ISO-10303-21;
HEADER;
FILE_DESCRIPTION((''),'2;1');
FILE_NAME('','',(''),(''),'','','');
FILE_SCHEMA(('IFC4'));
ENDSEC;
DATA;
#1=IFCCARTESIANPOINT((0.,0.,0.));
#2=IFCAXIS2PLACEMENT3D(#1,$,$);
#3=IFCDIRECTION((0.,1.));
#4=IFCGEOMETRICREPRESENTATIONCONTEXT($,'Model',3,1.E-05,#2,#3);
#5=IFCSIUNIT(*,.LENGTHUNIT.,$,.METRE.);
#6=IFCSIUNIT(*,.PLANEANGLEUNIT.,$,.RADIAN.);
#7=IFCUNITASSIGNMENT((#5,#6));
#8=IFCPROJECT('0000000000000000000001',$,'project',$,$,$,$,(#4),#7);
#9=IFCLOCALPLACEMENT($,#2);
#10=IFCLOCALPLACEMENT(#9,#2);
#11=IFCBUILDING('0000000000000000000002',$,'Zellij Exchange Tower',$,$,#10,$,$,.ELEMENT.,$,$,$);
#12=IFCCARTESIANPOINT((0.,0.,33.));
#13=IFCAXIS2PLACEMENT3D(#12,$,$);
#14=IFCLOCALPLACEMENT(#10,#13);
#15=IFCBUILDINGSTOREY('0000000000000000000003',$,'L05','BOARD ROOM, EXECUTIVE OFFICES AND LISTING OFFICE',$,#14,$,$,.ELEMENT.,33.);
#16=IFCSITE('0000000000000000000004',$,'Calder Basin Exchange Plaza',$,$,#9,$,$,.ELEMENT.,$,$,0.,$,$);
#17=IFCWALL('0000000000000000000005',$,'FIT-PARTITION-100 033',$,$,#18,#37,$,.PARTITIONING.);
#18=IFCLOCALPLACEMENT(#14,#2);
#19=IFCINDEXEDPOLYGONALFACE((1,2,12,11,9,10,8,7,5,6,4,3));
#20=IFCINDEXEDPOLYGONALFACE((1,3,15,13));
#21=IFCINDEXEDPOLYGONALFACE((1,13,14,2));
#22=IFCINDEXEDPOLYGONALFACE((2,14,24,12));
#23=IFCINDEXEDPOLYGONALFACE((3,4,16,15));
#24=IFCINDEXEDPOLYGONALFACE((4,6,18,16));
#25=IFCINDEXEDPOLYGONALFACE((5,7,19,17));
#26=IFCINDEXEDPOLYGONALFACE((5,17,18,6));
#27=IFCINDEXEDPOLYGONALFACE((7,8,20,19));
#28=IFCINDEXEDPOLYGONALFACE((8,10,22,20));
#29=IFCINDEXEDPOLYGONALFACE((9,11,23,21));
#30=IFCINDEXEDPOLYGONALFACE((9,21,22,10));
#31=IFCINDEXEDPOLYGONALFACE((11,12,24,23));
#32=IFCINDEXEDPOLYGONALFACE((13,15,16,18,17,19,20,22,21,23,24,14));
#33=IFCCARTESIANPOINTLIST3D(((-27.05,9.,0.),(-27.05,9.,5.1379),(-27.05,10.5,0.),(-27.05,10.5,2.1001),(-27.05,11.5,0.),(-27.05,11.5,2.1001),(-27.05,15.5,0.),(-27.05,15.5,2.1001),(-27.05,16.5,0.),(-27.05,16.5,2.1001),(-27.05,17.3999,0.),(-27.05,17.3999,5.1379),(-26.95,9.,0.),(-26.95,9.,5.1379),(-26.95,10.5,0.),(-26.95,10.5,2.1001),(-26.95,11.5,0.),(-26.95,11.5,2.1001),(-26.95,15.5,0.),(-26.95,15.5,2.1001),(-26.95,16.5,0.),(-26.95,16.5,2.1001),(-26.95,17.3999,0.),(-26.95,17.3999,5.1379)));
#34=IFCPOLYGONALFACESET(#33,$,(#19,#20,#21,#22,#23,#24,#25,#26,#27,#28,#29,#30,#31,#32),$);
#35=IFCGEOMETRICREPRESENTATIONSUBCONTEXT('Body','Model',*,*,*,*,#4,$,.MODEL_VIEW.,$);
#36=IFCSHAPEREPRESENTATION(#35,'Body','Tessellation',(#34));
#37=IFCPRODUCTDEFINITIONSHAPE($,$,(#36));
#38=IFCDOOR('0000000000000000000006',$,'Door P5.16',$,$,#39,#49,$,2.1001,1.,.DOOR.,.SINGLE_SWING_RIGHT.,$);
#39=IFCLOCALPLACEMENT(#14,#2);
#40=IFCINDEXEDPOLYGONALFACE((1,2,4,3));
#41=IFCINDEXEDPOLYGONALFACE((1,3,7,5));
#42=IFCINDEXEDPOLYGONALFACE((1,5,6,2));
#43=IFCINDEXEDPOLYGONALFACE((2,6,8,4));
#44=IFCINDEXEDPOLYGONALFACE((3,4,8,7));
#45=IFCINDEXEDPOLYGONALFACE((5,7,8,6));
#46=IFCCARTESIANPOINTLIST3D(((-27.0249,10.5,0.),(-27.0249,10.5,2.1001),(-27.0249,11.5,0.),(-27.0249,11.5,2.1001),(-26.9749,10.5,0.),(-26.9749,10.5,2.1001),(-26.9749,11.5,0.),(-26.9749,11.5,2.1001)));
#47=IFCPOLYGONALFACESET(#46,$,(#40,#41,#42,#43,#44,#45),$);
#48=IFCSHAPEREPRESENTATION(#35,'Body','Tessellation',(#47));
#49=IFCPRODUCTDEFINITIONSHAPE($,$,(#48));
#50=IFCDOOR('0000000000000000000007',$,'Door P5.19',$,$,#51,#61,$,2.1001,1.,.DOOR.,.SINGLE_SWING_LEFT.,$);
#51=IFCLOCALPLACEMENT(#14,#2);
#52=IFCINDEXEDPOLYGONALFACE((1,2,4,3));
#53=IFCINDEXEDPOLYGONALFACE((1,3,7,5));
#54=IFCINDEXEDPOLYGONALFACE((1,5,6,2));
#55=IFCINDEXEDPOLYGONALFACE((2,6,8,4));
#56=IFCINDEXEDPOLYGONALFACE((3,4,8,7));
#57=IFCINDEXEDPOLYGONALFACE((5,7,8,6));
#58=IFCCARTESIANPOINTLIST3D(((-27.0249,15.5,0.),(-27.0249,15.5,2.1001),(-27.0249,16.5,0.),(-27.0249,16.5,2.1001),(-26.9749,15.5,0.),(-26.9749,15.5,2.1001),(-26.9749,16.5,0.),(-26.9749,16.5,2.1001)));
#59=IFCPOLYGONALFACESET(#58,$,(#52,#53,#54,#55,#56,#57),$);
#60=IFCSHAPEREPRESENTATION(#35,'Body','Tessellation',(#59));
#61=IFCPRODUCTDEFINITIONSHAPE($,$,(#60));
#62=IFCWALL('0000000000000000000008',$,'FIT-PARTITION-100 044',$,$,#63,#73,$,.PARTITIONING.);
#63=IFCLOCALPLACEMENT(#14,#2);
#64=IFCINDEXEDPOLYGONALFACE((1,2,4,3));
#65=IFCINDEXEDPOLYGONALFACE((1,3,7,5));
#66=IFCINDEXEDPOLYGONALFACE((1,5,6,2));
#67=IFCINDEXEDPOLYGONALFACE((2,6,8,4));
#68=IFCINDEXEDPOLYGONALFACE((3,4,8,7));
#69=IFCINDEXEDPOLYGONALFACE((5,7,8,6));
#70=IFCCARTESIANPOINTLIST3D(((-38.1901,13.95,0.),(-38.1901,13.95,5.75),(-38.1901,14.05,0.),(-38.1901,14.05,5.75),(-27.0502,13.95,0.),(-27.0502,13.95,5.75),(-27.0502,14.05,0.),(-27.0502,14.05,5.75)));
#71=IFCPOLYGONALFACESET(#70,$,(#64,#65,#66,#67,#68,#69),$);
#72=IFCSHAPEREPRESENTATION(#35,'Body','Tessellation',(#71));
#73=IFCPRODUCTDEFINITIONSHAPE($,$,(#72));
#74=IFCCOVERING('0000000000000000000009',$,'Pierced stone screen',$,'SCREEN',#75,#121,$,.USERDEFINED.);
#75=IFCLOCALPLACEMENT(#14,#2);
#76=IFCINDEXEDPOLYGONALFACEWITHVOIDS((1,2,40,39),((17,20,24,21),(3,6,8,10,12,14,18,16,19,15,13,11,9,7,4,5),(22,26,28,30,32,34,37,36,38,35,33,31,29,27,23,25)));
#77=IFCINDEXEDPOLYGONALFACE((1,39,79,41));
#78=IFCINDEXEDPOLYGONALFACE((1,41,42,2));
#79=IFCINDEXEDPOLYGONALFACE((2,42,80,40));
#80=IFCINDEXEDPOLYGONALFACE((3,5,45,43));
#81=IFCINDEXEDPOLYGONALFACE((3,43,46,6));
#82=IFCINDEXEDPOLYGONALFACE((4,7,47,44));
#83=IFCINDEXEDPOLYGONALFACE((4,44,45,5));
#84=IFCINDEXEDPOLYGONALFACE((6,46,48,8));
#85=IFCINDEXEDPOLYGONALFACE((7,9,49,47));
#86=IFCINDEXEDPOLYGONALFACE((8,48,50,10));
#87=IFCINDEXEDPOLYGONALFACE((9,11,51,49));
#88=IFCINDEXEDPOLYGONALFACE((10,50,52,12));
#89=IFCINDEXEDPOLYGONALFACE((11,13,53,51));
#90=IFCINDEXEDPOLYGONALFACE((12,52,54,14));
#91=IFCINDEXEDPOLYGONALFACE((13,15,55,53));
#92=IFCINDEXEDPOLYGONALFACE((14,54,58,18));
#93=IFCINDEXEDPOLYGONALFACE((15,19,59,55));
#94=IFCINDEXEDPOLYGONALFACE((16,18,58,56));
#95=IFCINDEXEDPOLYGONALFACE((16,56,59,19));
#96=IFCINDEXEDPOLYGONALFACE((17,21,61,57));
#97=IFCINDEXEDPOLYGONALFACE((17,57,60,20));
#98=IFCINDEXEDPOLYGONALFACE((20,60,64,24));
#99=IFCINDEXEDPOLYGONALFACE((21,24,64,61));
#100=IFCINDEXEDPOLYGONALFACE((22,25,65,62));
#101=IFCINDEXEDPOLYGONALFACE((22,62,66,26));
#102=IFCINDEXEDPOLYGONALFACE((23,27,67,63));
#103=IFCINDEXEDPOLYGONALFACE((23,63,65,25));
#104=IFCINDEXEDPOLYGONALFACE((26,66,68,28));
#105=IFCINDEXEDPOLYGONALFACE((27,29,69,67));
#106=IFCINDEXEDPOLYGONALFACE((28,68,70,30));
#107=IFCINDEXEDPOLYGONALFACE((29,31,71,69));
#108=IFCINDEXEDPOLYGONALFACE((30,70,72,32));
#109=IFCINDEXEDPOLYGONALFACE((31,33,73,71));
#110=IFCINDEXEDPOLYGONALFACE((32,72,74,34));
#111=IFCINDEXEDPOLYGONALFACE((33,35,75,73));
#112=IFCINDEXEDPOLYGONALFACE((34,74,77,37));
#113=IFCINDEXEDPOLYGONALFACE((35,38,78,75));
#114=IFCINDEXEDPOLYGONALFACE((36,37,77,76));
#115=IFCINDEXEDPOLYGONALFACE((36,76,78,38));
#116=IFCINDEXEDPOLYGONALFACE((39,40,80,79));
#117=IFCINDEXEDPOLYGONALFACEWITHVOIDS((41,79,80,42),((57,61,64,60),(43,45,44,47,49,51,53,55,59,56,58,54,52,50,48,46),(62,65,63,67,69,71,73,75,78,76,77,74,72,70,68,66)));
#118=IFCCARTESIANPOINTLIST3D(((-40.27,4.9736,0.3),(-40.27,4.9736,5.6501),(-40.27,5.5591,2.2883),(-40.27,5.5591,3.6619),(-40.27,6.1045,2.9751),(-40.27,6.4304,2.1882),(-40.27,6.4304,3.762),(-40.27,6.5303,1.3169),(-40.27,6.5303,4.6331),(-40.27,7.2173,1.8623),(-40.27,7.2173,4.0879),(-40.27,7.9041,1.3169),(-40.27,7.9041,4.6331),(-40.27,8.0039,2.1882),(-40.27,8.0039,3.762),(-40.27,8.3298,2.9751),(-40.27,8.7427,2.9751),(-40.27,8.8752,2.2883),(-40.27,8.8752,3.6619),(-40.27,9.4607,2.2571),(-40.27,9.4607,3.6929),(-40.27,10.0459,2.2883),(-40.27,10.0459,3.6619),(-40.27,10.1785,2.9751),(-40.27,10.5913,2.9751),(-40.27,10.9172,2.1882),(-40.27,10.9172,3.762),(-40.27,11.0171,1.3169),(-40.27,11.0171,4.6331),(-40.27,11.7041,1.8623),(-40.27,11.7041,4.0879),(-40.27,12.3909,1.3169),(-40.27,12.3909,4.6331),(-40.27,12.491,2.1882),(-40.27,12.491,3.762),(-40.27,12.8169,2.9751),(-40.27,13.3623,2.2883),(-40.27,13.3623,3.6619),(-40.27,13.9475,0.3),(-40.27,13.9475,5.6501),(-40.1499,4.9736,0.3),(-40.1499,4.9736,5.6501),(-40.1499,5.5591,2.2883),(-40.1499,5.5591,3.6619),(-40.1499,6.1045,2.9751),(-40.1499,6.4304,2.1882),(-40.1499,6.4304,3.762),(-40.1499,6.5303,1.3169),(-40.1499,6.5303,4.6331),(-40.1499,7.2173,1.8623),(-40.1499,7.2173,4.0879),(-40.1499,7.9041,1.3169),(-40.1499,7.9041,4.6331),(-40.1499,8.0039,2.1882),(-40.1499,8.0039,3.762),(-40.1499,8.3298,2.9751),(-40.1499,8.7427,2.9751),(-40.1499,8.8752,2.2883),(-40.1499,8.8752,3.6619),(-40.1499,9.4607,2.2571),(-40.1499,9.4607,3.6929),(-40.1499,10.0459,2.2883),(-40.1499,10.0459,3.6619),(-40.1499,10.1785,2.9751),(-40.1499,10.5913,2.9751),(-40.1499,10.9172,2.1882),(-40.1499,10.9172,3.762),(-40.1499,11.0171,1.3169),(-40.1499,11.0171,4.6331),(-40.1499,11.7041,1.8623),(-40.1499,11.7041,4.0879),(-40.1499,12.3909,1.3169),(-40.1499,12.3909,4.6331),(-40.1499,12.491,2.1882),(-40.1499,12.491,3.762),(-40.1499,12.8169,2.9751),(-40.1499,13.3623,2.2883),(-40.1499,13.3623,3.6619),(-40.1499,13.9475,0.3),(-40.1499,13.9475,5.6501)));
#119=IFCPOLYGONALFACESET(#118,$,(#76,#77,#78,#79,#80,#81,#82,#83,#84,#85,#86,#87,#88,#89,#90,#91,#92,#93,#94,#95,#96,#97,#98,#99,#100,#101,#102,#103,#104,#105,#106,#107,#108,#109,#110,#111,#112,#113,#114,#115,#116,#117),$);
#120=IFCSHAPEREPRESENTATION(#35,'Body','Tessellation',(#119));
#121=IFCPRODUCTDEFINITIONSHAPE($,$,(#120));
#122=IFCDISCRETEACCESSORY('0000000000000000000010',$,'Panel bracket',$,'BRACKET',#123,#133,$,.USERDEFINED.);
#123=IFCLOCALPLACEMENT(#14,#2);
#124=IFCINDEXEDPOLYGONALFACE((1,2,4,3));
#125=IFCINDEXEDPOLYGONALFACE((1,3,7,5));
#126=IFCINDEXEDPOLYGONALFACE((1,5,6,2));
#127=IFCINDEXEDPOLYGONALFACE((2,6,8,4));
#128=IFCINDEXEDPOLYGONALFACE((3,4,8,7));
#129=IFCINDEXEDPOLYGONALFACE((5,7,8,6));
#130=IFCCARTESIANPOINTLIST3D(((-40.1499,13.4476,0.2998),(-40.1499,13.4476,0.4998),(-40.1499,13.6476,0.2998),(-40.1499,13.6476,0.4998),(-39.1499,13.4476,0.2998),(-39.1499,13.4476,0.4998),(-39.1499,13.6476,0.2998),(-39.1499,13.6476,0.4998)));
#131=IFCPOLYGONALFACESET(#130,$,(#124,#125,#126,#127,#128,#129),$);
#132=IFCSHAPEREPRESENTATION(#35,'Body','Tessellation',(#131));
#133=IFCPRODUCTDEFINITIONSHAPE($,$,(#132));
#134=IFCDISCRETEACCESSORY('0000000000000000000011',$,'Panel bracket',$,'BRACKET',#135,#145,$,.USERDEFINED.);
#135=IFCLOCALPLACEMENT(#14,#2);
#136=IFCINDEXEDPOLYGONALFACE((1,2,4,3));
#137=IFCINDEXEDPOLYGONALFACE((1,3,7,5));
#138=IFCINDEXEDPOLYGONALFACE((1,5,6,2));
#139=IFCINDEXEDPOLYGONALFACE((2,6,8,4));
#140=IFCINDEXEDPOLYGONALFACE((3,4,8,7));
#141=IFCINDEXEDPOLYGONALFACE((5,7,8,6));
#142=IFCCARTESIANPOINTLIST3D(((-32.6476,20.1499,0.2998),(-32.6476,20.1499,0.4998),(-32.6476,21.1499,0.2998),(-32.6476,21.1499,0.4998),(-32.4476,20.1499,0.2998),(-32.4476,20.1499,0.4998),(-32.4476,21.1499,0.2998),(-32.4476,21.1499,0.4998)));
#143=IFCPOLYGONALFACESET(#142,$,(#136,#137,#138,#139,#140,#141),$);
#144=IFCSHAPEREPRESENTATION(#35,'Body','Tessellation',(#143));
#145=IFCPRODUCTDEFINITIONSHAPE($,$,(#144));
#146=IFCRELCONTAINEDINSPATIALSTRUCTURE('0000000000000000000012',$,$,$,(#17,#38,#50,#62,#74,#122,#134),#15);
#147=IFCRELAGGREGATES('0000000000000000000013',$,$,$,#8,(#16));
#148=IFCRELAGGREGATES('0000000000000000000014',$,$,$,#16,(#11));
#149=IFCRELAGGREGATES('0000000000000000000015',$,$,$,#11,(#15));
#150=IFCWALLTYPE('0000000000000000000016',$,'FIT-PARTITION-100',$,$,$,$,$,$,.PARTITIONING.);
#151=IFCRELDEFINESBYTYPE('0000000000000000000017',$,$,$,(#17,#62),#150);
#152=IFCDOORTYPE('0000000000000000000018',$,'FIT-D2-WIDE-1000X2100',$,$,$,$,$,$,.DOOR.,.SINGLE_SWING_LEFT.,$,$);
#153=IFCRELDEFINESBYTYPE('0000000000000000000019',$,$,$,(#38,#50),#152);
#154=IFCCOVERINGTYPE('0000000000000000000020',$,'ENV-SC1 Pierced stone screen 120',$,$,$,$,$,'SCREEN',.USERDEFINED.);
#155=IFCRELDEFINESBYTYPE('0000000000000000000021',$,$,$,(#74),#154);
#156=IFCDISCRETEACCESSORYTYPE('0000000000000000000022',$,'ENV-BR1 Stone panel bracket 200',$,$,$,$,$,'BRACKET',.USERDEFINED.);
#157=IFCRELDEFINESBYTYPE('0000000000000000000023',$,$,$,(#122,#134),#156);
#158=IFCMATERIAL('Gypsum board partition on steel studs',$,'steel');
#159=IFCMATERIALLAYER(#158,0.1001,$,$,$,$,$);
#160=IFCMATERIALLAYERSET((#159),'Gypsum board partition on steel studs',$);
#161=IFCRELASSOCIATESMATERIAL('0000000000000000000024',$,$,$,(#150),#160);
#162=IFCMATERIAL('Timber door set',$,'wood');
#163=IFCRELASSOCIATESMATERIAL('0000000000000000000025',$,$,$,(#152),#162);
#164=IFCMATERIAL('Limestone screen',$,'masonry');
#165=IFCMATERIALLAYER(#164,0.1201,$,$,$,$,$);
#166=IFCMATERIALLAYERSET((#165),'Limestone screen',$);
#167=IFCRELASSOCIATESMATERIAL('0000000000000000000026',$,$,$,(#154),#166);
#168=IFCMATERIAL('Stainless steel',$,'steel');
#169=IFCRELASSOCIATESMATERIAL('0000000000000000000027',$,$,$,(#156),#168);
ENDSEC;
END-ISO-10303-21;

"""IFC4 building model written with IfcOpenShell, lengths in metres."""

from ifc_helpers import new_model, si_unit, direction, frame, frame_2d, origin, origin_2d, place, context, subcontext, project, spatial, polyline, rectangle, outline, extrude, material, layer, layer_set, type_object, element, fill, save


model = new_model("IFC4")

# Units and contexts
model_context = context("Model", 3, precision=1e-05, world=origin(), true_north=direction((0.0, 1.0)))
body_context = subcontext(model_context, "Body", "Model", "MODEL_VIEW")
ifc_project = project(units=[si_unit("LENGTHUNIT", "METRE"), si_unit("PLANEANGLEUNIT", "RADIAN")], contexts=[model_context])

# Site, building, storey
site_placement = place(None, origin())
site = spatial("IfcSite", under=ifc_project, at=site_placement, Name="Calder Basin Exchange Plaza", CompositionType="ELEMENT", RefElevation=0.0)
building_placement = place(site_placement, origin())
building = spatial("IfcBuilding", under=site, at=building_placement, Name="Zellij Exchange Tower", CompositionType="ELEMENT")
storey_placement = place(building_placement, frame((0.0, 0.0, 33.0)))
storey = spatial("IfcBuildingStorey", under=building, at=storey_placement, Name="L05", Description="BOARD ROOM, EXECUTIVE OFFICES AND LISTING OFFICE", CompositionType="ELEMENT", Elevation=33.0)

# Wall, openings, doors
ifc_material_1 = material(Name="Gypsum board partition on steel studs", Category="steel")
ifc_layer_1 = layer(ifc_material_1, 0.1001)
ifc_layer_set_1 = layer_set([ifc_layer_1], Name="Gypsum board partition on steel studs")
wall_type_1 = type_object("IfcWallType", Name="FIT-PARTITION-100", PredefinedType="PARTITIONING", material=ifc_layer_set_1)
wall_1_placement = place(storey_placement, frame((-27.0, 9.0, 0.0), z_axis=(0.0, 0.0, 1.0), x_axis=(0.0, 1.0, 0.0)))
wall_1 = element("IfcWall", 1, at=wall_1_placement, inside=storey, type_object=wall_type_1, Name="FIT-PARTITION-100 033", PredefinedType="PARTITIONING", context=body_context, shape_type="SweptSolid", body=[
    extrude(rectangle(XDim=8.3999, YDim=0.1001, at=frame_2d((4.2, 0.0))), origin(), (0.0, 0.0, 1.0), 5.1379),
])
opening_1_placement = place(wall_1_placement, frame((1.5, 0.0, 0.0)))
opening_1 = element("IfcOpeningElement", 2, at=opening_1_placement, cuts=wall_1, PredefinedType="OPENING", context=body_context, shape_type="SweptSolid", body=[
    extrude(rectangle(XDim=1.0, YDim=2.1001, at=frame_2d((0.5, 1.05))), frame((0.0, 0.062, 0.0), z_axis=(0.0, -1.0, 0.0), x_axis=(1.0, 0.0, 0.0)), (0.0, 0.0, 1.0), 0.124),
])
opening_2_placement = place(wall_1_placement, frame((6.5, 0.0, 0.0)))
opening_2 = element("IfcOpeningElement", 3, at=opening_2_placement, cuts=wall_1, PredefinedType="OPENING", context=body_context, shape_type="SweptSolid", body=[
    extrude(rectangle(XDim=1.0, YDim=2.1001, at=frame_2d((0.5, 1.05))), frame((0.0, 0.062, 0.0), z_axis=(0.0, -1.0, 0.0), x_axis=(1.0, 0.0, 0.0)), (0.0, 0.0, 1.0), 0.124),
])
ifc_material_2 = material(Name="Timber door set", Category="wood")
door_type = type_object("IfcDoorType", Name="FIT-D2-WIDE-1000X2100", OperationType="SINGLE_SWING_LEFT", PredefinedType="DOOR", material=ifc_material_2)
door_1_placement = place(opening_1_placement, origin())
door_1 = element("IfcDoor", 4, at=door_1_placement, inside=storey, type_object=door_type, Name="Door P5.16", OperationType="SINGLE_SWING_RIGHT", OverallHeight=2.1001, OverallWidth=1.0, PredefinedType="DOOR", context=body_context, shape_type="SweptSolid", body=[
    extrude(rectangle(XDim=1.0, YDim=2.1001, at=frame_2d((0.5, 1.05))), frame((0.0, 0.0249, 0.0), z_axis=(0.0, -1.0, 0.0), x_axis=(1.0, 0.0, 0.0)), (0.0, 0.0, 1.0), 0.05),
])
fill(opening_1, door_1)
door_2_placement = place(opening_2_placement, origin())
door_2 = element("IfcDoor", 5, at=door_2_placement, inside=storey, type_object=door_type, Name="Door P5.19", OperationType="SINGLE_SWING_LEFT", OverallHeight=2.1001, OverallWidth=1.0, PredefinedType="DOOR", context=body_context, shape_type="SweptSolid", body=[
    extrude(rectangle(XDim=1.0, YDim=2.1001, at=frame_2d((0.5, 1.05))), frame((0.0, 0.0249, 0.0), z_axis=(0.0, -1.0, 0.0), x_axis=(1.0, 0.0, 0.0)), (0.0, 0.0, 1.0), 0.05),
])
fill(opening_2, door_2)

# Wall
wall_2_placement = place(storey_placement, frame((-38.1899, 14.0, 0.0), z_axis=(0.0, 0.0, 1.0), x_axis=(1.0, 0.0, 0.0)))
element("IfcWall", 6, at=wall_2_placement, inside=storey, type_object=wall_type_1, Name="FIT-PARTITION-100 044", PredefinedType="PARTITIONING", context=body_context, shape_type="SweptSolid", body=[
    extrude(rectangle(XDim=11.1399, YDim=0.1001, at=frame_2d((5.5698, 0.0))), origin(), (0.0, 0.0, 1.0), 5.75),
])

# Covering
ifc_material_3 = material(Name="Limestone screen", Category="masonry")
ifc_layer_2 = layer(ifc_material_3, 0.1201)
ifc_layer_set_2 = layer_set([ifc_layer_2], Name="Limestone screen")
covering_type = type_object("IfcCoveringType", Name="ENV-SC1 Pierced stone screen 120", ElementType="SCREEN", PredefinedType="USERDEFINED", material=ifc_layer_set_2)
covering_placement = place(storey_placement, frame((-40.21, 13.9475, 0.3), z_axis=(0.0, 0.0, 1.0), x_axis=(0.0, -1.0, 0.0)))
element("IfcCovering", 7, at=covering_placement, inside=storey, type_object=covering_type, Name="Pierced stone screen", ObjectType="SCREEN", PredefinedType="USERDEFINED", context=body_context, shape_type="SweptSolid", body=[
    extrude(outline(polyline([(0.0, 0.0), (8.9739, 0.0), (8.9739, 5.3501), (0.0, 5.3501), (0.0, 0.0)]), holes=[polyline([(3.9016, 3.3618), (3.0303, 3.4619), (2.9304, 4.333), (2.2434, 3.7878), (1.5566, 4.333), (1.4565, 3.4619), (0.5852, 3.3618), (1.1306, 2.675), (0.5852, 1.9883), (1.4565, 1.8882), (1.5566, 1.0168), (2.2434, 1.5623), (2.9304, 1.0168), (3.0303, 1.8882), (3.9016, 1.9883), (3.3562, 2.675), (3.9016, 3.3618)]), polyline([(8.3884, 3.3618), (7.5171, 3.4619), (7.4172, 4.333), (6.7302, 3.7878), (6.0435, 4.333), (5.9436, 3.4619), (5.0723, 3.3618), (5.6177, 2.675), (5.0723, 1.9883), (5.9436, 1.8882), (6.0435, 1.0168), (6.7302, 1.5623), (7.4172, 1.0168), (7.5171, 1.8882), (8.3884, 1.9883), (7.843, 2.675), (8.3884, 3.3618)]), polyline([(5.2048, 2.675), (4.4868, 3.3928), (3.769, 2.675), (4.4868, 1.957), (5.2048, 2.675)])]), frame((0.0, 0.0601, 0.0), z_axis=(0.0, -1.0, 0.0), x_axis=(1.0, 0.0, 0.0)), (0.0, 0.0, 1.0), 0.1201),
])

# Discrete accessories
ifc_material_4 = material(Name="Stainless steel", Category="steel")
discrete_accessory_type = type_object("IfcDiscreteAccessoryType", Name="ENV-BR1 Stone panel bracket 200", ElementType="BRACKET", PredefinedType="USERDEFINED", material=ifc_material_4)
for number, where, z_axis, x_axis, name in (
    (8, (-39.6499, 13.5476, 0.2998), (0.0, 0.0, 1.0), (0.0, -1.0, 0.0), "Panel bracket"),
    (9, (-32.5476, 20.6499, 0.2998), (0.0, 0.0, 1.0), (-1.0, 0.0, 0.0), "Panel bracket"),
):
    element("IfcDiscreteAccessory", number, at=place(storey_placement, frame(where, z_axis=z_axis, x_axis=x_axis)), inside=storey, type_object=discrete_accessory_type, Name=name, ObjectType="BRACKET", PredefinedType="USERDEFINED", context=body_context, shape_type="SweptSolid", body=[
        extrude(rectangle(XDim=0.2, YDim=1.0, at=origin_2d()), origin(), (0.0, 0.0, 1.0), 0.2),
    ])

save(model, "model.ifc")
